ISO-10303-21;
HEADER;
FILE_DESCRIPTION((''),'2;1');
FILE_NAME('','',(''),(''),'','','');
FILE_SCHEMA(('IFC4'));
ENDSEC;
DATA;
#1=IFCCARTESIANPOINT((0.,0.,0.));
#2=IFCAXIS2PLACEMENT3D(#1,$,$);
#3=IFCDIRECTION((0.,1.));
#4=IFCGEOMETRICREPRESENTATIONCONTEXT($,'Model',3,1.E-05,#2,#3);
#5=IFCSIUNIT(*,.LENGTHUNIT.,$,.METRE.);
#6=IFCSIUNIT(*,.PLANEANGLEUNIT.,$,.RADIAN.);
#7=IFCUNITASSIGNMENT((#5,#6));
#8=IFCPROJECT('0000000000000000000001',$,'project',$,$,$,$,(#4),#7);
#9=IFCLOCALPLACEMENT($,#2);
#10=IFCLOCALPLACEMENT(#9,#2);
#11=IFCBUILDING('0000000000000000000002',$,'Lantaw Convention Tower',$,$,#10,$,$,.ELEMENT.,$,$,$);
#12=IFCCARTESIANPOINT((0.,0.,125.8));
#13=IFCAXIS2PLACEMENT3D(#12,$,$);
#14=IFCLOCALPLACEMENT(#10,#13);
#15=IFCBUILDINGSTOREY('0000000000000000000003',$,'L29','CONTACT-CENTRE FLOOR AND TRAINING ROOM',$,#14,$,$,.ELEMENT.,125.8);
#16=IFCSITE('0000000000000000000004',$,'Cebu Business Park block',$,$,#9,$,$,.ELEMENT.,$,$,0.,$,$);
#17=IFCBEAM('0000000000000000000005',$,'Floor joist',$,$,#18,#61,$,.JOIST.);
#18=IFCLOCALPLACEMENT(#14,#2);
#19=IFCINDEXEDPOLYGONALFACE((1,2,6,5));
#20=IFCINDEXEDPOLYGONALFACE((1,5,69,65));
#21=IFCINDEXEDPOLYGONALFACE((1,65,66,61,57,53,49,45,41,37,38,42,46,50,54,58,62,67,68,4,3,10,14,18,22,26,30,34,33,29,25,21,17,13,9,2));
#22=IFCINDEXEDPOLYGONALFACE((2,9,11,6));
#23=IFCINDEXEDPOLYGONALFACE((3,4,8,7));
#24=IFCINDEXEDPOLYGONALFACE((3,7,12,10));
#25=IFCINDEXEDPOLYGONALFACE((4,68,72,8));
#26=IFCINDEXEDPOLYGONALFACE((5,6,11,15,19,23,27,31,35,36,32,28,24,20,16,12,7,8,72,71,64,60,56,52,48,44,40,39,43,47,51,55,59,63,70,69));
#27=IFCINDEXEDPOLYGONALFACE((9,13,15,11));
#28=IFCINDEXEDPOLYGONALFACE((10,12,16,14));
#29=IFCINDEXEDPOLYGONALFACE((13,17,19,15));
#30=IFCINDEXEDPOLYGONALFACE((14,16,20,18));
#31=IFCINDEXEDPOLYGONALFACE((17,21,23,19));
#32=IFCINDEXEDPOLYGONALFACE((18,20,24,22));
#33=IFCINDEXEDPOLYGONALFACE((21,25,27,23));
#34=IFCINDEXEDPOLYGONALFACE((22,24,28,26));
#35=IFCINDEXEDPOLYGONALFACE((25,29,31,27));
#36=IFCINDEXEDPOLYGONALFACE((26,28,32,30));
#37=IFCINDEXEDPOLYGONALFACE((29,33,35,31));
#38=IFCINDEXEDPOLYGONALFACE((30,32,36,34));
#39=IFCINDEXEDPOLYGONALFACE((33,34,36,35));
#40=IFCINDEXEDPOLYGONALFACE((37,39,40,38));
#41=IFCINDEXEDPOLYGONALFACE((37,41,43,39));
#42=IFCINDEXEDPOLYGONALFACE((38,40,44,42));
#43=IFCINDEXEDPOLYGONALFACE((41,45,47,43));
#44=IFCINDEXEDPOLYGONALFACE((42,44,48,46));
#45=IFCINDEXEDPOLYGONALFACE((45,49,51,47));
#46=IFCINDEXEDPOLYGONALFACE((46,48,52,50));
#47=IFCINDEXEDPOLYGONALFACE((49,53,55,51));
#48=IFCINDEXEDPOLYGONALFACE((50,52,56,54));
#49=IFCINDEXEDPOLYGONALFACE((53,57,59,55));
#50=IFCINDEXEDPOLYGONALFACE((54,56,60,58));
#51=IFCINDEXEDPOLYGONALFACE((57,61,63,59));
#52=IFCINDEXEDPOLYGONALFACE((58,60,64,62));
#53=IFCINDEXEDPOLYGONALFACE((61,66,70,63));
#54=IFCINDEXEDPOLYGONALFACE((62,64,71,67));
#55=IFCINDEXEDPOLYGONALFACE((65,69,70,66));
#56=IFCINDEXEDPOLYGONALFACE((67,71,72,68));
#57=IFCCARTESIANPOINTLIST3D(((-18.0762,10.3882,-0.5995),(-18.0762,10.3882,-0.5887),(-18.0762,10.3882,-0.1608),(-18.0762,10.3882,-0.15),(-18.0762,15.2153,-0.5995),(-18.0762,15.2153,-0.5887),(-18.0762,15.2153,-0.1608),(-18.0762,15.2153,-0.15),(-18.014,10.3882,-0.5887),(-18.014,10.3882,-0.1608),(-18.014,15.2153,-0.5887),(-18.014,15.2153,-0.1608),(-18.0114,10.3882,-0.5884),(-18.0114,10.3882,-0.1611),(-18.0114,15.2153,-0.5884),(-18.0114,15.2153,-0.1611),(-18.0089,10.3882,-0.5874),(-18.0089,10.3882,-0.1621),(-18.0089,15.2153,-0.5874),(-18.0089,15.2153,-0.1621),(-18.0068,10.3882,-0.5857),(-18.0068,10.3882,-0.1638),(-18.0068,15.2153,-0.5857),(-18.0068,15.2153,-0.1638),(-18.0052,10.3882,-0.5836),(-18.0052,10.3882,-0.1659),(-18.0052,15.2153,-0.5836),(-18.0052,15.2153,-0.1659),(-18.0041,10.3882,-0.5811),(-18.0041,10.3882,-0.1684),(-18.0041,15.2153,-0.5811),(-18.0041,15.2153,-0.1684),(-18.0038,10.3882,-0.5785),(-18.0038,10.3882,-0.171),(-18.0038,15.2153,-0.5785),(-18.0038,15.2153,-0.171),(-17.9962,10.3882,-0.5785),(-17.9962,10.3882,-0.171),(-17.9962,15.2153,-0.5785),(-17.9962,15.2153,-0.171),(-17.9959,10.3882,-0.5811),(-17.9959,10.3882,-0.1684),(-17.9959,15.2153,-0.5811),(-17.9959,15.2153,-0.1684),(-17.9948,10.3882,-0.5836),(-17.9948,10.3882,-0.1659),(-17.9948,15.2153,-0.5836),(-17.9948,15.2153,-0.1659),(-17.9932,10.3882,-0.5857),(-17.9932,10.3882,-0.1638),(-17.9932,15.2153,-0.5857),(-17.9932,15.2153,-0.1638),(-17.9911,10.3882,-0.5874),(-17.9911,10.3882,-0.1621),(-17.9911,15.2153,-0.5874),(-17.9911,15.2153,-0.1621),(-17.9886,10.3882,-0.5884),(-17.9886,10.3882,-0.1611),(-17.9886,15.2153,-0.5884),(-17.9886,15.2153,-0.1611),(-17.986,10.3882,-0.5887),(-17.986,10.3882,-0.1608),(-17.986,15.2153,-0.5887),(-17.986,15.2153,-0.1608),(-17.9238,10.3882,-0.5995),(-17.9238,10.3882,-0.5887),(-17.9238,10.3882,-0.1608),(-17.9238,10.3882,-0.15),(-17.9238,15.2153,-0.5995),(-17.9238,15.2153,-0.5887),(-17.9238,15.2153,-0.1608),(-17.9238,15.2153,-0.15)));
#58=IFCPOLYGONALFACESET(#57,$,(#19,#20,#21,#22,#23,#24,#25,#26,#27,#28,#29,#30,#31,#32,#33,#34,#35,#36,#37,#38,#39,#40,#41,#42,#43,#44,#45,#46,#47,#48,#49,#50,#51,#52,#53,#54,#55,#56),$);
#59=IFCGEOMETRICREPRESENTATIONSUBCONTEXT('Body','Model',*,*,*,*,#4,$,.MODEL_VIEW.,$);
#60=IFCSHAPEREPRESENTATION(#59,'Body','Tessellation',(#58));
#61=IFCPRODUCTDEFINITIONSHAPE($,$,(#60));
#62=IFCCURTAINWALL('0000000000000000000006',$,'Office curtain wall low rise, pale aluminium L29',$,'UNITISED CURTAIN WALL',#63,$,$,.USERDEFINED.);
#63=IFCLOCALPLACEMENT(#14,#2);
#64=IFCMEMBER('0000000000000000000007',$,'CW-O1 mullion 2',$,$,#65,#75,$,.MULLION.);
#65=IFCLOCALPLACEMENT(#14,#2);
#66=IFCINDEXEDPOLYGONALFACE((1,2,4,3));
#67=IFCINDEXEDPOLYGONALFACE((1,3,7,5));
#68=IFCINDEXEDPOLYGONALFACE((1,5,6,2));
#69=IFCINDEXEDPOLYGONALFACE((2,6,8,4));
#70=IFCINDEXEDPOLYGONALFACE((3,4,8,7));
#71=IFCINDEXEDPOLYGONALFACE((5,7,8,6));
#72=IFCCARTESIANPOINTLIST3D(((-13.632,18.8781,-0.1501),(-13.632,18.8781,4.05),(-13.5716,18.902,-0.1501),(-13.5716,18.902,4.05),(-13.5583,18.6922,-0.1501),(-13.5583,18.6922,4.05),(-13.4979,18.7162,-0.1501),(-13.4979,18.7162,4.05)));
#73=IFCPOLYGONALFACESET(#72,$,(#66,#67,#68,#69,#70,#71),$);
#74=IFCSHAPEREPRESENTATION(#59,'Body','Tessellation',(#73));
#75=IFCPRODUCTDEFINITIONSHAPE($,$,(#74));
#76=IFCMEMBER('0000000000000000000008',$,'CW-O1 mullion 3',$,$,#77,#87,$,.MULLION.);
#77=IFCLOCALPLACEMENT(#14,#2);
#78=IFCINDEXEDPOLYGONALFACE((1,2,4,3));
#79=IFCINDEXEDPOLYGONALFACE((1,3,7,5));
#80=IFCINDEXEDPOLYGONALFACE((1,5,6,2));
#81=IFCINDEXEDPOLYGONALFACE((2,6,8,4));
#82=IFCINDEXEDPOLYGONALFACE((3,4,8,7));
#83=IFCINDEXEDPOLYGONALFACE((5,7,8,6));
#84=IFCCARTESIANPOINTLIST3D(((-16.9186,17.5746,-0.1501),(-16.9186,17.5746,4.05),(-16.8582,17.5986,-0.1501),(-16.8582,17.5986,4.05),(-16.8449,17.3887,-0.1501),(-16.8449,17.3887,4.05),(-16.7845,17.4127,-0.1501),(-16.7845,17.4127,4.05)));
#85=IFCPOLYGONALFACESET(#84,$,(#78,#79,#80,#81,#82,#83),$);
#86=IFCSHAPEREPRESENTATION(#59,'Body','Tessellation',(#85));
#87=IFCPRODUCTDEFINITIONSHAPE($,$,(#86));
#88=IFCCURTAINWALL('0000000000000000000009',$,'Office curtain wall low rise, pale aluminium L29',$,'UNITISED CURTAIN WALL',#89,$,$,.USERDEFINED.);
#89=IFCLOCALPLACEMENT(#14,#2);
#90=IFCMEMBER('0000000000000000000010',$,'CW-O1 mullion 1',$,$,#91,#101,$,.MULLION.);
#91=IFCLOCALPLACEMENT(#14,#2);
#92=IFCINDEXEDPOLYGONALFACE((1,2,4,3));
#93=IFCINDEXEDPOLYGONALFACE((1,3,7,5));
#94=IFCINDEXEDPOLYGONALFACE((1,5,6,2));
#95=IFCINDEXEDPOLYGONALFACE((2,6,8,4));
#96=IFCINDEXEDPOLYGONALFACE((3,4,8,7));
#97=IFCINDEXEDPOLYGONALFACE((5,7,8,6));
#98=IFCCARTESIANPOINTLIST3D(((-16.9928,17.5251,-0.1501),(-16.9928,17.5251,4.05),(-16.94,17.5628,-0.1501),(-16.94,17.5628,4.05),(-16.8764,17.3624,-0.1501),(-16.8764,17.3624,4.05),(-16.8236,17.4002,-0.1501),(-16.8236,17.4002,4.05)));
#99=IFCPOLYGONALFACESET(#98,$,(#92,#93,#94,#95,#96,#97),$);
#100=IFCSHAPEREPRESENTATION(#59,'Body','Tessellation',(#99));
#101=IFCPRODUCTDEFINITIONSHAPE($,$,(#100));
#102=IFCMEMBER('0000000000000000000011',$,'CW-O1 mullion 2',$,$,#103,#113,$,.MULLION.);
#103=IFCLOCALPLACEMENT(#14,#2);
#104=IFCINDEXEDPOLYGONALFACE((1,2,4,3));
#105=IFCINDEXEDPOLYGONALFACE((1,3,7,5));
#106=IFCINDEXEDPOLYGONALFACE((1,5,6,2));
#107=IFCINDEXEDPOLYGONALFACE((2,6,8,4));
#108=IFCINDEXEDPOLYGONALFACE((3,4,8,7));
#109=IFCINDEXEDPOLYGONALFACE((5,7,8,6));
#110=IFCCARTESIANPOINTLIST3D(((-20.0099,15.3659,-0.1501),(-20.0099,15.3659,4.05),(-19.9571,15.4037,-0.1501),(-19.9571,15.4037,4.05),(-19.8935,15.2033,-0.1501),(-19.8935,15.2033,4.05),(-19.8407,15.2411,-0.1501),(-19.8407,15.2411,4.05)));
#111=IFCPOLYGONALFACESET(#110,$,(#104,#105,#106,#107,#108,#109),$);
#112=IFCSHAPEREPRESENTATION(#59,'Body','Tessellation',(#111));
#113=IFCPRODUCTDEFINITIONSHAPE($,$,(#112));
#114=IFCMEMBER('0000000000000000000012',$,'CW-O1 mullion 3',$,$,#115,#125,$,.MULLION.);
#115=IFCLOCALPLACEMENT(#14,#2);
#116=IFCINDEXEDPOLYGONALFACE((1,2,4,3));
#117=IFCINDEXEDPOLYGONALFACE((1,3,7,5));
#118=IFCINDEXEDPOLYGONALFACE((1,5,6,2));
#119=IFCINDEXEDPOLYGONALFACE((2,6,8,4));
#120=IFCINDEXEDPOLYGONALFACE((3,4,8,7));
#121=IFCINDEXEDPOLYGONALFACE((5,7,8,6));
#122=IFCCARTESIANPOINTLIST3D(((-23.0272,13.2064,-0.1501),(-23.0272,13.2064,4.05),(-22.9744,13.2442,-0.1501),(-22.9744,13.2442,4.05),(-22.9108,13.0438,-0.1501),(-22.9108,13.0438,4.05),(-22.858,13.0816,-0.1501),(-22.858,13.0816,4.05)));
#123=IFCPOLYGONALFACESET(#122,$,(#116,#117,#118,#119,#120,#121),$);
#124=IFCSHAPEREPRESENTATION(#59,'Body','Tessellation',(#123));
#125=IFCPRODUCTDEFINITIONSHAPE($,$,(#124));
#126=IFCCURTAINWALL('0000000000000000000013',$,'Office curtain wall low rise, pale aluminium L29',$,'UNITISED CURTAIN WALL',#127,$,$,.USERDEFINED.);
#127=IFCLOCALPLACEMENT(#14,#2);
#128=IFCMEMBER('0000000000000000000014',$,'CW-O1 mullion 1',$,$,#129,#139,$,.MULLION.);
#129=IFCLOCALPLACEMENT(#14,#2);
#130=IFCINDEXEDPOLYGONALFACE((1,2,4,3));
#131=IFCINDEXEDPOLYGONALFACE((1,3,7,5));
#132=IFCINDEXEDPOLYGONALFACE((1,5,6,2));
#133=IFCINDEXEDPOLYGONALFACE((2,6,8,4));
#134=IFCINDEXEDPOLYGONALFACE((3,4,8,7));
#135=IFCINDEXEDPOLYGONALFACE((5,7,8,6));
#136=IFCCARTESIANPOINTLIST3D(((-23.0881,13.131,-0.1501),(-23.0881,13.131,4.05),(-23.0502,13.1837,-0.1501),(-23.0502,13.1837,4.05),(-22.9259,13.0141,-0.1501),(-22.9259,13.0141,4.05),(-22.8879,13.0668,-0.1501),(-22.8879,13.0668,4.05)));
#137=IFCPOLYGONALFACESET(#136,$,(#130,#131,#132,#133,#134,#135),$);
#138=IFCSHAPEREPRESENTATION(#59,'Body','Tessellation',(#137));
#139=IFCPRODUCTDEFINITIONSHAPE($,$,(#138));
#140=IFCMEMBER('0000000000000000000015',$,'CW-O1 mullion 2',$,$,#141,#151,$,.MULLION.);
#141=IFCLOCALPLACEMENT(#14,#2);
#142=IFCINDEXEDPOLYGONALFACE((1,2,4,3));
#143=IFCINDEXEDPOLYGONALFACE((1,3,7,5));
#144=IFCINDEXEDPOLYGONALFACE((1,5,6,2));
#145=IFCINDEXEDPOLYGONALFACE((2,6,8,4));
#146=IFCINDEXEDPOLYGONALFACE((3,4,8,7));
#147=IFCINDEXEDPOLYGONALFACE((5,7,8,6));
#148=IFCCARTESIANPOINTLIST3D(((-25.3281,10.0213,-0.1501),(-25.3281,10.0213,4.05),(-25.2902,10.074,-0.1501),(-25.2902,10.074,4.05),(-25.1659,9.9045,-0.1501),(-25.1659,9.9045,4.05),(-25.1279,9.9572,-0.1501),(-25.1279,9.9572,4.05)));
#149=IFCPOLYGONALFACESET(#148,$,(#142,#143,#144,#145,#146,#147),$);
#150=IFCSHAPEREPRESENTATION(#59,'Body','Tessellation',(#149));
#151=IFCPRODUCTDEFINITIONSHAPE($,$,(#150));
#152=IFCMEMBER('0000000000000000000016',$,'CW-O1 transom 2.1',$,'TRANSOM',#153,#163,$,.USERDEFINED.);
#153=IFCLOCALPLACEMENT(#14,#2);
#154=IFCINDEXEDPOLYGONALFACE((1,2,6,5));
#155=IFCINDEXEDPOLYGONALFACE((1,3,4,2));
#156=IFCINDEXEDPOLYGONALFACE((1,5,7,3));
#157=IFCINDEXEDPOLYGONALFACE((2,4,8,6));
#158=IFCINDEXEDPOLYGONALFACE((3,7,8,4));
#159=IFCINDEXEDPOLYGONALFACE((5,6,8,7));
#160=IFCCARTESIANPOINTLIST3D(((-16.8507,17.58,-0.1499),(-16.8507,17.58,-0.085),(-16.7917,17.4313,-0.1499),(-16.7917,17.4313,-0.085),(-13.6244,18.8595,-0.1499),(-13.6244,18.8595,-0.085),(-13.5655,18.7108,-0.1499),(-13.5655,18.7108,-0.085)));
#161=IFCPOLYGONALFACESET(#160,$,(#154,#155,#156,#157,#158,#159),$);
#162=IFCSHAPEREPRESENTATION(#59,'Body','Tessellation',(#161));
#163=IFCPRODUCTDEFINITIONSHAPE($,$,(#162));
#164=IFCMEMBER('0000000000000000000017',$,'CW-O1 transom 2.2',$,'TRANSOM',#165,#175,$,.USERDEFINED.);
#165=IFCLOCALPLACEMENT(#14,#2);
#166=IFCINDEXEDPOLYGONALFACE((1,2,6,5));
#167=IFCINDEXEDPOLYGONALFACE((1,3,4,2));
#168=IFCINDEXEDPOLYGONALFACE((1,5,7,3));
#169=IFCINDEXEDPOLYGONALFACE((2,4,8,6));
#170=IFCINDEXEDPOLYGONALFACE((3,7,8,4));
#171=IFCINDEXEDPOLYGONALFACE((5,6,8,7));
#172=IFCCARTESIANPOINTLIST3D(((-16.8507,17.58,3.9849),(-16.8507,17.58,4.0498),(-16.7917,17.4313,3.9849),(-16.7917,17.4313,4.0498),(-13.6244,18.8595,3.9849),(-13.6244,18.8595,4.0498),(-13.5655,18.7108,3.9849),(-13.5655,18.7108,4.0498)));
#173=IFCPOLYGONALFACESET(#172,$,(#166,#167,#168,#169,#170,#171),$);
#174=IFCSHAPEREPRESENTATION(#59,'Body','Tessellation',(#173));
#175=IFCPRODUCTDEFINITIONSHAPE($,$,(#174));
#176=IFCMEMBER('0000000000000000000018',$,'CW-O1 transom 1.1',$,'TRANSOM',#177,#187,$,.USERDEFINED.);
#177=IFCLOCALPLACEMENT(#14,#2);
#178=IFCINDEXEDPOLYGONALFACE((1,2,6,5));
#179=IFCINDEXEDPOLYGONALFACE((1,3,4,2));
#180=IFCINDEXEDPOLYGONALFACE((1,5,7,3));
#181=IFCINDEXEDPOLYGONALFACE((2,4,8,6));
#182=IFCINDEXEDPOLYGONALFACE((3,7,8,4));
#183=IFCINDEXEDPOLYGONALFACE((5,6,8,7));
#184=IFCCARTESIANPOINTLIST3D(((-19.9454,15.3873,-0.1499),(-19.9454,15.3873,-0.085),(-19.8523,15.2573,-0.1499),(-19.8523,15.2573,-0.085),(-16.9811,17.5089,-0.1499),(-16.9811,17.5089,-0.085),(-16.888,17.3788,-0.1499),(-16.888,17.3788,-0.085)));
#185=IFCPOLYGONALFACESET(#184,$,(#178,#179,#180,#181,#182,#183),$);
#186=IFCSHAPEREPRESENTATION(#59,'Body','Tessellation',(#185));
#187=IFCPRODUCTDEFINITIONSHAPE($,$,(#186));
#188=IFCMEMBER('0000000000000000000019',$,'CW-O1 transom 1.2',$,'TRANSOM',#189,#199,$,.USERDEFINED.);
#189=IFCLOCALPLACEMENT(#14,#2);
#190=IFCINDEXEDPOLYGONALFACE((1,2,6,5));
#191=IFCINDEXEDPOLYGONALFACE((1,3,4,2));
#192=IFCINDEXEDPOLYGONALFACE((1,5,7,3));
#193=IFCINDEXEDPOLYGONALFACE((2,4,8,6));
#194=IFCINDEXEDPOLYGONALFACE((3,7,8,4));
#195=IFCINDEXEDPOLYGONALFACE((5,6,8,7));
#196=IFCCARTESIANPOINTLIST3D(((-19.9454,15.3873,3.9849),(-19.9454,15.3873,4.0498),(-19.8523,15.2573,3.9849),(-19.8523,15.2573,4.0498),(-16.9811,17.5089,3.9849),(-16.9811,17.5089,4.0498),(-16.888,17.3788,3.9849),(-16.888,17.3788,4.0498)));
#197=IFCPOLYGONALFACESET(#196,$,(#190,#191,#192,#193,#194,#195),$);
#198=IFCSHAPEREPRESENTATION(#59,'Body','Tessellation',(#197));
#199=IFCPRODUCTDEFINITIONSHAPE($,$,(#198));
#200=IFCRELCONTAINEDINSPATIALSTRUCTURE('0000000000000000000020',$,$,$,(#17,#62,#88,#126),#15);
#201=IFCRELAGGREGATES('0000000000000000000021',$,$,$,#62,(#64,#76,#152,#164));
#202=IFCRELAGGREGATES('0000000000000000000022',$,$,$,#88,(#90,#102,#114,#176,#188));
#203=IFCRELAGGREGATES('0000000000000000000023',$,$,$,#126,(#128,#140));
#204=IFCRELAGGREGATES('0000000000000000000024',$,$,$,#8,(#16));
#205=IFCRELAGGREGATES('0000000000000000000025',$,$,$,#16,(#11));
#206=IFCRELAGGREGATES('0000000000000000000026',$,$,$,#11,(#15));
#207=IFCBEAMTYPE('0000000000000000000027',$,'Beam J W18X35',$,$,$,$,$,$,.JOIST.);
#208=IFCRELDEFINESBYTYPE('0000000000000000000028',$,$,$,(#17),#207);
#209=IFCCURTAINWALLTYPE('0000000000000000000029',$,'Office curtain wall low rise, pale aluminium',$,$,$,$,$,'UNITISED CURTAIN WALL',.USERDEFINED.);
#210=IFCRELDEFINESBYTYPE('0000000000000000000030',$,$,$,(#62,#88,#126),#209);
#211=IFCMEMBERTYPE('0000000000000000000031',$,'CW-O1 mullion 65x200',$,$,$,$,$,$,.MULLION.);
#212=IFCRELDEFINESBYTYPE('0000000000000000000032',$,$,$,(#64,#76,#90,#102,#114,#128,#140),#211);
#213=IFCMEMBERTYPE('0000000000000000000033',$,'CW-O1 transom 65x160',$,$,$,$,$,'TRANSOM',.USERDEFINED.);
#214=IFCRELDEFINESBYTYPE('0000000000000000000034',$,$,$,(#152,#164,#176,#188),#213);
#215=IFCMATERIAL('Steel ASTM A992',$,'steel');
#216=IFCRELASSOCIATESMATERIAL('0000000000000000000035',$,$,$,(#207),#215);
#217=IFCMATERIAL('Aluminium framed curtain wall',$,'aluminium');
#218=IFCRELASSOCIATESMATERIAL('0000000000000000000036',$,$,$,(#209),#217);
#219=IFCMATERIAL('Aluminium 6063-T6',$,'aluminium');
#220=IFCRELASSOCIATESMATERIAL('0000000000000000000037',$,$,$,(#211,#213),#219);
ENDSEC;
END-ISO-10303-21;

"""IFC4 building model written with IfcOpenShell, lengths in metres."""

from ifc_helpers import new_model, si_unit, direction, frame, origin, origin_2d, place, context, subcontext, project, spatial, rectangle, i_section, extrude, material, material_profile, profile_set, type_object, element, aggregate, save


model = new_model("IFC4")

# Units and contexts
model_context = context("Model", 3, precision=1e-05, world=origin(), true_north=direction((0.0, 1.0)))
body_context = subcontext(model_context, "Body", "Model", "MODEL_VIEW")
ifc_project = project(units=[si_unit("LENGTHUNIT", "METRE"), si_unit("PLANEANGLEUNIT", "RADIAN")], contexts=[model_context])

# Site, building, storey
site_placement = place(None, origin())
site = spatial("IfcSite", under=ifc_project, at=site_placement, Name="Cebu Business Park block", CompositionType="ELEMENT", RefElevation=0.0)
building_placement = place(site_placement, origin())
building = spatial("IfcBuilding", under=site, at=building_placement, Name="Lantaw Convention Tower", CompositionType="ELEMENT")
storey_placement = place(building_placement, frame((0.0, 0.0, 125.8)))
storey = spatial("IfcBuildingStorey", under=building, at=storey_placement, Name="L29", Description="CONTACT-CENTRE FLOOR AND TRAINING ROOM", CompositionType="ELEMENT", Elevation=125.8)

# Beam
ifc_material_1 = material(Name="Steel ASTM A992", Category="steel")
ifc_material_profile_1 = material_profile(ifc_material_1, i_section(OverallWidth=0.1523, OverallDepth=0.4495, WebThickness=0.0076, FlangeThickness=0.0107, FilletRadius=0.0103, at=origin_2d()), Name="W18X35")
ifc_profile_set_1 = profile_set([ifc_material_profile_1], Name="Steel ASTM A992")
beam_type_1 = type_object("IfcBeamType", Name="Beam J W18X35", PredefinedType="JOIST", material=ifc_profile_set_1)
beam_1_placement = place(storey_placement, frame((-18.0, 10.3882, -0.3748), z_axis=(0.0, 1.0, 0.0), x_axis=(-1.0, 0.0, 0.0)))
element("IfcBeam", 1, at=beam_1_placement, inside=storey, type_object=beam_type_1, Name="Floor joist", PredefinedType="JOIST", context=body_context, shape_type="SweptSolid", body=[
    extrude(i_section(OverallWidth=0.1523, OverallDepth=0.4495, WebThickness=0.0076, FlangeThickness=0.0107, FilletRadius=0.0103, at=origin_2d()), origin(), (0.0, 0.0, 1.0), 4.8271),
])

# Curtain walls, members
ifc_material_2 = material(Name="Aluminium framed curtain wall", Category="aluminium")
curtain_wall_type = type_object("IfcCurtainWallType", Name="Office curtain wall low rise, pale aluminium", ElementType="UNITISED CURTAIN WALL", PredefinedType="USERDEFINED", material=ifc_material_2)
curtain_wall_1_placement = place(storey_placement, origin())
curtain_wall_1 = element("IfcCurtainWall", 2, at=curtain_wall_1_placement, inside=storey, type_object=curtain_wall_type, Name="Office curtain wall low rise, pale aluminium L29", ObjectType="UNITISED CURTAIN WALL", PredefinedType="USERDEFINED")
ifc_material_3 = material(Name="Aluminium 6063-T6", Category="aluminium")
ifc_material_profile_2 = material_profile(ifc_material_3, rectangle(XDim=0.2, YDim=0.0649, at=origin_2d()), Name="CW-O1 mullion 65x200")
ifc_profile_set_2 = profile_set([ifc_material_profile_2], Name="Aluminium 6063-T6")
member_type_1 = type_object("IfcMemberType", Name="CW-O1 mullion 65x200", PredefinedType="MULLION", material=ifc_profile_set_2)
member_1_placement = place(storey_placement, frame((-13.5649, 18.7971, -0.1501), z_axis=(0.0, 0.0, 1.0), x_axis=(0.368702, -0.929548, 0.0)))
member_1 = element("IfcMember", 3, at=member_1_placement, type_object=member_type_1, Name="CW-O1 mullion 2", PredefinedType="MULLION", context=body_context, shape_type="SweptSolid", body=[
    extrude(rectangle(XDim=0.2, YDim=0.0649, at=origin_2d()), origin(), (0.0, 0.0, 1.0), 4.2002),
])
member_2_placement = place(storey_placement, frame((-16.8516, 17.4937, -0.1501), z_axis=(0.0, 0.0, 1.0), x_axis=(0.368702, -0.929548, 0.0)))
member_2 = element("IfcMember", 4, at=member_2_placement, type_object=member_type_1, Name="CW-O1 mullion 3", PredefinedType="MULLION", context=body_context, shape_type="SweptSolid", body=[
    extrude(rectangle(XDim=0.2, YDim=0.0649, at=origin_2d()), origin(), (0.0, 0.0, 1.0), 4.2002),
])
curtain_wall_2_placement = place(storey_placement, origin())
curtain_wall_2 = element("IfcCurtainWall", 5, at=curtain_wall_2_placement, inside=storey, type_object=curtain_wall_type, Name="Office curtain wall low rise, pale aluminium L29", ObjectType="UNITISED CURTAIN WALL", PredefinedType="USERDEFINED")
member_3_placement = place(storey_placement, frame((-16.9082, 17.4626, -0.1501), z_axis=(0.0, 0.0, 1.0), x_axis=(0.581973, -0.813208, 0.0)))
member_3 = element("IfcMember", 6, at=member_3_placement, type_object=member_type_1, Name="CW-O1 mullion 1", PredefinedType="MULLION", context=body_context, shape_type="SweptSolid", body=[
    extrude(rectangle(XDim=0.2, YDim=0.0649, at=origin_2d()), origin(), (0.0, 0.0, 1.0), 4.2002),
])
member_4_placement = place(storey_placement, frame((-19.9253, 15.3035, -0.1501), z_axis=(0.0, 0.0, 1.0), x_axis=(0.581973, -0.813208, 0.0)))
member_4 = element("IfcMember", 7, at=member_4_placement, type_object=member_type_1, Name="CW-O1 mullion 2", PredefinedType="MULLION", context=body_context, shape_type="SweptSolid", body=[
    extrude(rectangle(XDim=0.2, YDim=0.0649, at=origin_2d()), origin(), (0.0, 0.0, 1.0), 4.2002),
])
member_5_placement = place(storey_placement, frame((-22.9426, 13.144, -0.1501), z_axis=(0.0, 0.0, 1.0), x_axis=(0.581973, -0.813208, 0.0)))
member_5 = element("IfcMember", 8, at=member_5_placement, type_object=member_type_1, Name="CW-O1 mullion 3", PredefinedType="MULLION", context=body_context, shape_type="SweptSolid", body=[
    extrude(rectangle(XDim=0.2, YDim=0.0649, at=origin_2d()), origin(), (0.0, 0.0, 1.0), 4.2002),
])
curtain_wall_3_placement = place(storey_placement, origin())
curtain_wall_3 = element("IfcCurtainWall", 9, at=curtain_wall_3_placement, inside=storey, type_object=curtain_wall_type, Name="Office curtain wall low rise, pale aluminium L29", ObjectType="UNITISED CURTAIN WALL", PredefinedType="USERDEFINED")
member_6_placement = place(storey_placement, frame((-22.988, 13.0989, -0.1501), z_axis=(0.0, 0.0, 1.0), x_axis=(0.811385, -0.584513, 0.0)))
member_6 = element("IfcMember", 10, at=member_6_placement, type_object=member_type_1, Name="CW-O1 mullion 1", PredefinedType="MULLION", context=body_context, shape_type="SweptSolid", body=[
    extrude(rectangle(XDim=0.2, YDim=0.0649, at=origin_2d()), origin(), (0.0, 0.0, 1.0), 4.2002),
])
member_7_placement = place(storey_placement, frame((-25.228, 9.9893, -0.1501), z_axis=(0.0, 0.0, 1.0), x_axis=(0.811385, -0.584513, 0.0)))
member_7 = element("IfcMember", 11, at=member_7_placement, type_object=member_type_1, Name="CW-O1 mullion 2", PredefinedType="MULLION", context=body_context, shape_type="SweptSolid", body=[
    extrude(rectangle(XDim=0.2, YDim=0.0649, at=origin_2d()), origin(), (0.0, 0.0, 1.0), 4.2002),
])

# Members
ifc_material_profile_3 = material_profile(ifc_material_3, rectangle(XDim=0.1599, YDim=0.0649, at=origin_2d()), Name="CW-O1 transom 65x160")
ifc_profile_set_3 = profile_set([ifc_material_profile_3], Name="Aluminium 6063-T6")
member_type_2 = type_object("IfcMemberType", Name="CW-O1 transom 65x160", ElementType="TRANSOM", PredefinedType="USERDEFINED", material=ifc_profile_set_3)
member_8_placement = place(storey_placement, frame((-13.595, 18.7852, -0.1174), z_axis=(-0.929564, -0.36866, 0.0), x_axis=(0.36866, -0.929564, 0.0)))
member_8 = element("IfcMember", 12, at=member_8_placement, type_object=member_type_2, Name="CW-O1 transom 2.1", ObjectType="TRANSOM", PredefinedType="USERDEFINED", context=body_context, shape_type="SweptSolid", body=[
    extrude(rectangle(XDim=0.1599, YDim=0.0649, at=origin_2d()), origin(), (0.0, 0.0, 1.0), 3.4707),
])
member_9_placement = place(storey_placement, frame((-13.595, 18.7852, 4.0173), z_axis=(-0.929564, -0.36866, 0.0), x_axis=(0.36866, -0.929564, 0.0)))
member_9 = element("IfcMember", 13, at=member_9_placement, type_object=member_type_2, Name="CW-O1 transom 2.2", ObjectType="TRANSOM", PredefinedType="USERDEFINED", context=body_context, shape_type="SweptSolid", body=[
    extrude(rectangle(XDim=0.1599, YDim=0.0649, at=origin_2d()), origin(), (0.0, 0.0, 1.0), 3.4707),
])
member_10_placement = place(storey_placement, frame((-16.9346, 17.4438, -0.1174), z_axis=(-0.81319, -0.581998, 0.0), x_axis=(0.581998, -0.81319, 0.0)))
member_10 = element("IfcMember", 14, at=member_10_placement, type_object=member_type_2, Name="CW-O1 transom 1.1", ObjectType="TRANSOM", PredefinedType="USERDEFINED", context=body_context, shape_type="SweptSolid", body=[
    extrude(rectangle(XDim=0.1599, YDim=0.0649, at=origin_2d()), origin(), (0.0, 0.0, 1.0), 3.6453),
])
member_11_placement = place(storey_placement, frame((-16.9346, 17.4438, 4.0173), z_axis=(-0.81319, -0.581998, 0.0), x_axis=(0.581998, -0.81319, 0.0)))
member_11 = element("IfcMember", 15, at=member_11_placement, type_object=member_type_2, Name="CW-O1 transom 1.2", ObjectType="TRANSOM", PredefinedType="USERDEFINED", context=body_context, shape_type="SweptSolid", body=[
    extrude(rectangle(XDim=0.1599, YDim=0.0649, at=origin_2d()), origin(), (0.0, 0.0, 1.0), 3.6453),
])

aggregate(curtain_wall_1, [member_1, member_2, member_8, member_9])
aggregate(curtain_wall_2, [member_3, member_4, member_5, member_10, member_11])
aggregate(curtain_wall_3, [member_6, member_7])

save(model, "model.ifc")
